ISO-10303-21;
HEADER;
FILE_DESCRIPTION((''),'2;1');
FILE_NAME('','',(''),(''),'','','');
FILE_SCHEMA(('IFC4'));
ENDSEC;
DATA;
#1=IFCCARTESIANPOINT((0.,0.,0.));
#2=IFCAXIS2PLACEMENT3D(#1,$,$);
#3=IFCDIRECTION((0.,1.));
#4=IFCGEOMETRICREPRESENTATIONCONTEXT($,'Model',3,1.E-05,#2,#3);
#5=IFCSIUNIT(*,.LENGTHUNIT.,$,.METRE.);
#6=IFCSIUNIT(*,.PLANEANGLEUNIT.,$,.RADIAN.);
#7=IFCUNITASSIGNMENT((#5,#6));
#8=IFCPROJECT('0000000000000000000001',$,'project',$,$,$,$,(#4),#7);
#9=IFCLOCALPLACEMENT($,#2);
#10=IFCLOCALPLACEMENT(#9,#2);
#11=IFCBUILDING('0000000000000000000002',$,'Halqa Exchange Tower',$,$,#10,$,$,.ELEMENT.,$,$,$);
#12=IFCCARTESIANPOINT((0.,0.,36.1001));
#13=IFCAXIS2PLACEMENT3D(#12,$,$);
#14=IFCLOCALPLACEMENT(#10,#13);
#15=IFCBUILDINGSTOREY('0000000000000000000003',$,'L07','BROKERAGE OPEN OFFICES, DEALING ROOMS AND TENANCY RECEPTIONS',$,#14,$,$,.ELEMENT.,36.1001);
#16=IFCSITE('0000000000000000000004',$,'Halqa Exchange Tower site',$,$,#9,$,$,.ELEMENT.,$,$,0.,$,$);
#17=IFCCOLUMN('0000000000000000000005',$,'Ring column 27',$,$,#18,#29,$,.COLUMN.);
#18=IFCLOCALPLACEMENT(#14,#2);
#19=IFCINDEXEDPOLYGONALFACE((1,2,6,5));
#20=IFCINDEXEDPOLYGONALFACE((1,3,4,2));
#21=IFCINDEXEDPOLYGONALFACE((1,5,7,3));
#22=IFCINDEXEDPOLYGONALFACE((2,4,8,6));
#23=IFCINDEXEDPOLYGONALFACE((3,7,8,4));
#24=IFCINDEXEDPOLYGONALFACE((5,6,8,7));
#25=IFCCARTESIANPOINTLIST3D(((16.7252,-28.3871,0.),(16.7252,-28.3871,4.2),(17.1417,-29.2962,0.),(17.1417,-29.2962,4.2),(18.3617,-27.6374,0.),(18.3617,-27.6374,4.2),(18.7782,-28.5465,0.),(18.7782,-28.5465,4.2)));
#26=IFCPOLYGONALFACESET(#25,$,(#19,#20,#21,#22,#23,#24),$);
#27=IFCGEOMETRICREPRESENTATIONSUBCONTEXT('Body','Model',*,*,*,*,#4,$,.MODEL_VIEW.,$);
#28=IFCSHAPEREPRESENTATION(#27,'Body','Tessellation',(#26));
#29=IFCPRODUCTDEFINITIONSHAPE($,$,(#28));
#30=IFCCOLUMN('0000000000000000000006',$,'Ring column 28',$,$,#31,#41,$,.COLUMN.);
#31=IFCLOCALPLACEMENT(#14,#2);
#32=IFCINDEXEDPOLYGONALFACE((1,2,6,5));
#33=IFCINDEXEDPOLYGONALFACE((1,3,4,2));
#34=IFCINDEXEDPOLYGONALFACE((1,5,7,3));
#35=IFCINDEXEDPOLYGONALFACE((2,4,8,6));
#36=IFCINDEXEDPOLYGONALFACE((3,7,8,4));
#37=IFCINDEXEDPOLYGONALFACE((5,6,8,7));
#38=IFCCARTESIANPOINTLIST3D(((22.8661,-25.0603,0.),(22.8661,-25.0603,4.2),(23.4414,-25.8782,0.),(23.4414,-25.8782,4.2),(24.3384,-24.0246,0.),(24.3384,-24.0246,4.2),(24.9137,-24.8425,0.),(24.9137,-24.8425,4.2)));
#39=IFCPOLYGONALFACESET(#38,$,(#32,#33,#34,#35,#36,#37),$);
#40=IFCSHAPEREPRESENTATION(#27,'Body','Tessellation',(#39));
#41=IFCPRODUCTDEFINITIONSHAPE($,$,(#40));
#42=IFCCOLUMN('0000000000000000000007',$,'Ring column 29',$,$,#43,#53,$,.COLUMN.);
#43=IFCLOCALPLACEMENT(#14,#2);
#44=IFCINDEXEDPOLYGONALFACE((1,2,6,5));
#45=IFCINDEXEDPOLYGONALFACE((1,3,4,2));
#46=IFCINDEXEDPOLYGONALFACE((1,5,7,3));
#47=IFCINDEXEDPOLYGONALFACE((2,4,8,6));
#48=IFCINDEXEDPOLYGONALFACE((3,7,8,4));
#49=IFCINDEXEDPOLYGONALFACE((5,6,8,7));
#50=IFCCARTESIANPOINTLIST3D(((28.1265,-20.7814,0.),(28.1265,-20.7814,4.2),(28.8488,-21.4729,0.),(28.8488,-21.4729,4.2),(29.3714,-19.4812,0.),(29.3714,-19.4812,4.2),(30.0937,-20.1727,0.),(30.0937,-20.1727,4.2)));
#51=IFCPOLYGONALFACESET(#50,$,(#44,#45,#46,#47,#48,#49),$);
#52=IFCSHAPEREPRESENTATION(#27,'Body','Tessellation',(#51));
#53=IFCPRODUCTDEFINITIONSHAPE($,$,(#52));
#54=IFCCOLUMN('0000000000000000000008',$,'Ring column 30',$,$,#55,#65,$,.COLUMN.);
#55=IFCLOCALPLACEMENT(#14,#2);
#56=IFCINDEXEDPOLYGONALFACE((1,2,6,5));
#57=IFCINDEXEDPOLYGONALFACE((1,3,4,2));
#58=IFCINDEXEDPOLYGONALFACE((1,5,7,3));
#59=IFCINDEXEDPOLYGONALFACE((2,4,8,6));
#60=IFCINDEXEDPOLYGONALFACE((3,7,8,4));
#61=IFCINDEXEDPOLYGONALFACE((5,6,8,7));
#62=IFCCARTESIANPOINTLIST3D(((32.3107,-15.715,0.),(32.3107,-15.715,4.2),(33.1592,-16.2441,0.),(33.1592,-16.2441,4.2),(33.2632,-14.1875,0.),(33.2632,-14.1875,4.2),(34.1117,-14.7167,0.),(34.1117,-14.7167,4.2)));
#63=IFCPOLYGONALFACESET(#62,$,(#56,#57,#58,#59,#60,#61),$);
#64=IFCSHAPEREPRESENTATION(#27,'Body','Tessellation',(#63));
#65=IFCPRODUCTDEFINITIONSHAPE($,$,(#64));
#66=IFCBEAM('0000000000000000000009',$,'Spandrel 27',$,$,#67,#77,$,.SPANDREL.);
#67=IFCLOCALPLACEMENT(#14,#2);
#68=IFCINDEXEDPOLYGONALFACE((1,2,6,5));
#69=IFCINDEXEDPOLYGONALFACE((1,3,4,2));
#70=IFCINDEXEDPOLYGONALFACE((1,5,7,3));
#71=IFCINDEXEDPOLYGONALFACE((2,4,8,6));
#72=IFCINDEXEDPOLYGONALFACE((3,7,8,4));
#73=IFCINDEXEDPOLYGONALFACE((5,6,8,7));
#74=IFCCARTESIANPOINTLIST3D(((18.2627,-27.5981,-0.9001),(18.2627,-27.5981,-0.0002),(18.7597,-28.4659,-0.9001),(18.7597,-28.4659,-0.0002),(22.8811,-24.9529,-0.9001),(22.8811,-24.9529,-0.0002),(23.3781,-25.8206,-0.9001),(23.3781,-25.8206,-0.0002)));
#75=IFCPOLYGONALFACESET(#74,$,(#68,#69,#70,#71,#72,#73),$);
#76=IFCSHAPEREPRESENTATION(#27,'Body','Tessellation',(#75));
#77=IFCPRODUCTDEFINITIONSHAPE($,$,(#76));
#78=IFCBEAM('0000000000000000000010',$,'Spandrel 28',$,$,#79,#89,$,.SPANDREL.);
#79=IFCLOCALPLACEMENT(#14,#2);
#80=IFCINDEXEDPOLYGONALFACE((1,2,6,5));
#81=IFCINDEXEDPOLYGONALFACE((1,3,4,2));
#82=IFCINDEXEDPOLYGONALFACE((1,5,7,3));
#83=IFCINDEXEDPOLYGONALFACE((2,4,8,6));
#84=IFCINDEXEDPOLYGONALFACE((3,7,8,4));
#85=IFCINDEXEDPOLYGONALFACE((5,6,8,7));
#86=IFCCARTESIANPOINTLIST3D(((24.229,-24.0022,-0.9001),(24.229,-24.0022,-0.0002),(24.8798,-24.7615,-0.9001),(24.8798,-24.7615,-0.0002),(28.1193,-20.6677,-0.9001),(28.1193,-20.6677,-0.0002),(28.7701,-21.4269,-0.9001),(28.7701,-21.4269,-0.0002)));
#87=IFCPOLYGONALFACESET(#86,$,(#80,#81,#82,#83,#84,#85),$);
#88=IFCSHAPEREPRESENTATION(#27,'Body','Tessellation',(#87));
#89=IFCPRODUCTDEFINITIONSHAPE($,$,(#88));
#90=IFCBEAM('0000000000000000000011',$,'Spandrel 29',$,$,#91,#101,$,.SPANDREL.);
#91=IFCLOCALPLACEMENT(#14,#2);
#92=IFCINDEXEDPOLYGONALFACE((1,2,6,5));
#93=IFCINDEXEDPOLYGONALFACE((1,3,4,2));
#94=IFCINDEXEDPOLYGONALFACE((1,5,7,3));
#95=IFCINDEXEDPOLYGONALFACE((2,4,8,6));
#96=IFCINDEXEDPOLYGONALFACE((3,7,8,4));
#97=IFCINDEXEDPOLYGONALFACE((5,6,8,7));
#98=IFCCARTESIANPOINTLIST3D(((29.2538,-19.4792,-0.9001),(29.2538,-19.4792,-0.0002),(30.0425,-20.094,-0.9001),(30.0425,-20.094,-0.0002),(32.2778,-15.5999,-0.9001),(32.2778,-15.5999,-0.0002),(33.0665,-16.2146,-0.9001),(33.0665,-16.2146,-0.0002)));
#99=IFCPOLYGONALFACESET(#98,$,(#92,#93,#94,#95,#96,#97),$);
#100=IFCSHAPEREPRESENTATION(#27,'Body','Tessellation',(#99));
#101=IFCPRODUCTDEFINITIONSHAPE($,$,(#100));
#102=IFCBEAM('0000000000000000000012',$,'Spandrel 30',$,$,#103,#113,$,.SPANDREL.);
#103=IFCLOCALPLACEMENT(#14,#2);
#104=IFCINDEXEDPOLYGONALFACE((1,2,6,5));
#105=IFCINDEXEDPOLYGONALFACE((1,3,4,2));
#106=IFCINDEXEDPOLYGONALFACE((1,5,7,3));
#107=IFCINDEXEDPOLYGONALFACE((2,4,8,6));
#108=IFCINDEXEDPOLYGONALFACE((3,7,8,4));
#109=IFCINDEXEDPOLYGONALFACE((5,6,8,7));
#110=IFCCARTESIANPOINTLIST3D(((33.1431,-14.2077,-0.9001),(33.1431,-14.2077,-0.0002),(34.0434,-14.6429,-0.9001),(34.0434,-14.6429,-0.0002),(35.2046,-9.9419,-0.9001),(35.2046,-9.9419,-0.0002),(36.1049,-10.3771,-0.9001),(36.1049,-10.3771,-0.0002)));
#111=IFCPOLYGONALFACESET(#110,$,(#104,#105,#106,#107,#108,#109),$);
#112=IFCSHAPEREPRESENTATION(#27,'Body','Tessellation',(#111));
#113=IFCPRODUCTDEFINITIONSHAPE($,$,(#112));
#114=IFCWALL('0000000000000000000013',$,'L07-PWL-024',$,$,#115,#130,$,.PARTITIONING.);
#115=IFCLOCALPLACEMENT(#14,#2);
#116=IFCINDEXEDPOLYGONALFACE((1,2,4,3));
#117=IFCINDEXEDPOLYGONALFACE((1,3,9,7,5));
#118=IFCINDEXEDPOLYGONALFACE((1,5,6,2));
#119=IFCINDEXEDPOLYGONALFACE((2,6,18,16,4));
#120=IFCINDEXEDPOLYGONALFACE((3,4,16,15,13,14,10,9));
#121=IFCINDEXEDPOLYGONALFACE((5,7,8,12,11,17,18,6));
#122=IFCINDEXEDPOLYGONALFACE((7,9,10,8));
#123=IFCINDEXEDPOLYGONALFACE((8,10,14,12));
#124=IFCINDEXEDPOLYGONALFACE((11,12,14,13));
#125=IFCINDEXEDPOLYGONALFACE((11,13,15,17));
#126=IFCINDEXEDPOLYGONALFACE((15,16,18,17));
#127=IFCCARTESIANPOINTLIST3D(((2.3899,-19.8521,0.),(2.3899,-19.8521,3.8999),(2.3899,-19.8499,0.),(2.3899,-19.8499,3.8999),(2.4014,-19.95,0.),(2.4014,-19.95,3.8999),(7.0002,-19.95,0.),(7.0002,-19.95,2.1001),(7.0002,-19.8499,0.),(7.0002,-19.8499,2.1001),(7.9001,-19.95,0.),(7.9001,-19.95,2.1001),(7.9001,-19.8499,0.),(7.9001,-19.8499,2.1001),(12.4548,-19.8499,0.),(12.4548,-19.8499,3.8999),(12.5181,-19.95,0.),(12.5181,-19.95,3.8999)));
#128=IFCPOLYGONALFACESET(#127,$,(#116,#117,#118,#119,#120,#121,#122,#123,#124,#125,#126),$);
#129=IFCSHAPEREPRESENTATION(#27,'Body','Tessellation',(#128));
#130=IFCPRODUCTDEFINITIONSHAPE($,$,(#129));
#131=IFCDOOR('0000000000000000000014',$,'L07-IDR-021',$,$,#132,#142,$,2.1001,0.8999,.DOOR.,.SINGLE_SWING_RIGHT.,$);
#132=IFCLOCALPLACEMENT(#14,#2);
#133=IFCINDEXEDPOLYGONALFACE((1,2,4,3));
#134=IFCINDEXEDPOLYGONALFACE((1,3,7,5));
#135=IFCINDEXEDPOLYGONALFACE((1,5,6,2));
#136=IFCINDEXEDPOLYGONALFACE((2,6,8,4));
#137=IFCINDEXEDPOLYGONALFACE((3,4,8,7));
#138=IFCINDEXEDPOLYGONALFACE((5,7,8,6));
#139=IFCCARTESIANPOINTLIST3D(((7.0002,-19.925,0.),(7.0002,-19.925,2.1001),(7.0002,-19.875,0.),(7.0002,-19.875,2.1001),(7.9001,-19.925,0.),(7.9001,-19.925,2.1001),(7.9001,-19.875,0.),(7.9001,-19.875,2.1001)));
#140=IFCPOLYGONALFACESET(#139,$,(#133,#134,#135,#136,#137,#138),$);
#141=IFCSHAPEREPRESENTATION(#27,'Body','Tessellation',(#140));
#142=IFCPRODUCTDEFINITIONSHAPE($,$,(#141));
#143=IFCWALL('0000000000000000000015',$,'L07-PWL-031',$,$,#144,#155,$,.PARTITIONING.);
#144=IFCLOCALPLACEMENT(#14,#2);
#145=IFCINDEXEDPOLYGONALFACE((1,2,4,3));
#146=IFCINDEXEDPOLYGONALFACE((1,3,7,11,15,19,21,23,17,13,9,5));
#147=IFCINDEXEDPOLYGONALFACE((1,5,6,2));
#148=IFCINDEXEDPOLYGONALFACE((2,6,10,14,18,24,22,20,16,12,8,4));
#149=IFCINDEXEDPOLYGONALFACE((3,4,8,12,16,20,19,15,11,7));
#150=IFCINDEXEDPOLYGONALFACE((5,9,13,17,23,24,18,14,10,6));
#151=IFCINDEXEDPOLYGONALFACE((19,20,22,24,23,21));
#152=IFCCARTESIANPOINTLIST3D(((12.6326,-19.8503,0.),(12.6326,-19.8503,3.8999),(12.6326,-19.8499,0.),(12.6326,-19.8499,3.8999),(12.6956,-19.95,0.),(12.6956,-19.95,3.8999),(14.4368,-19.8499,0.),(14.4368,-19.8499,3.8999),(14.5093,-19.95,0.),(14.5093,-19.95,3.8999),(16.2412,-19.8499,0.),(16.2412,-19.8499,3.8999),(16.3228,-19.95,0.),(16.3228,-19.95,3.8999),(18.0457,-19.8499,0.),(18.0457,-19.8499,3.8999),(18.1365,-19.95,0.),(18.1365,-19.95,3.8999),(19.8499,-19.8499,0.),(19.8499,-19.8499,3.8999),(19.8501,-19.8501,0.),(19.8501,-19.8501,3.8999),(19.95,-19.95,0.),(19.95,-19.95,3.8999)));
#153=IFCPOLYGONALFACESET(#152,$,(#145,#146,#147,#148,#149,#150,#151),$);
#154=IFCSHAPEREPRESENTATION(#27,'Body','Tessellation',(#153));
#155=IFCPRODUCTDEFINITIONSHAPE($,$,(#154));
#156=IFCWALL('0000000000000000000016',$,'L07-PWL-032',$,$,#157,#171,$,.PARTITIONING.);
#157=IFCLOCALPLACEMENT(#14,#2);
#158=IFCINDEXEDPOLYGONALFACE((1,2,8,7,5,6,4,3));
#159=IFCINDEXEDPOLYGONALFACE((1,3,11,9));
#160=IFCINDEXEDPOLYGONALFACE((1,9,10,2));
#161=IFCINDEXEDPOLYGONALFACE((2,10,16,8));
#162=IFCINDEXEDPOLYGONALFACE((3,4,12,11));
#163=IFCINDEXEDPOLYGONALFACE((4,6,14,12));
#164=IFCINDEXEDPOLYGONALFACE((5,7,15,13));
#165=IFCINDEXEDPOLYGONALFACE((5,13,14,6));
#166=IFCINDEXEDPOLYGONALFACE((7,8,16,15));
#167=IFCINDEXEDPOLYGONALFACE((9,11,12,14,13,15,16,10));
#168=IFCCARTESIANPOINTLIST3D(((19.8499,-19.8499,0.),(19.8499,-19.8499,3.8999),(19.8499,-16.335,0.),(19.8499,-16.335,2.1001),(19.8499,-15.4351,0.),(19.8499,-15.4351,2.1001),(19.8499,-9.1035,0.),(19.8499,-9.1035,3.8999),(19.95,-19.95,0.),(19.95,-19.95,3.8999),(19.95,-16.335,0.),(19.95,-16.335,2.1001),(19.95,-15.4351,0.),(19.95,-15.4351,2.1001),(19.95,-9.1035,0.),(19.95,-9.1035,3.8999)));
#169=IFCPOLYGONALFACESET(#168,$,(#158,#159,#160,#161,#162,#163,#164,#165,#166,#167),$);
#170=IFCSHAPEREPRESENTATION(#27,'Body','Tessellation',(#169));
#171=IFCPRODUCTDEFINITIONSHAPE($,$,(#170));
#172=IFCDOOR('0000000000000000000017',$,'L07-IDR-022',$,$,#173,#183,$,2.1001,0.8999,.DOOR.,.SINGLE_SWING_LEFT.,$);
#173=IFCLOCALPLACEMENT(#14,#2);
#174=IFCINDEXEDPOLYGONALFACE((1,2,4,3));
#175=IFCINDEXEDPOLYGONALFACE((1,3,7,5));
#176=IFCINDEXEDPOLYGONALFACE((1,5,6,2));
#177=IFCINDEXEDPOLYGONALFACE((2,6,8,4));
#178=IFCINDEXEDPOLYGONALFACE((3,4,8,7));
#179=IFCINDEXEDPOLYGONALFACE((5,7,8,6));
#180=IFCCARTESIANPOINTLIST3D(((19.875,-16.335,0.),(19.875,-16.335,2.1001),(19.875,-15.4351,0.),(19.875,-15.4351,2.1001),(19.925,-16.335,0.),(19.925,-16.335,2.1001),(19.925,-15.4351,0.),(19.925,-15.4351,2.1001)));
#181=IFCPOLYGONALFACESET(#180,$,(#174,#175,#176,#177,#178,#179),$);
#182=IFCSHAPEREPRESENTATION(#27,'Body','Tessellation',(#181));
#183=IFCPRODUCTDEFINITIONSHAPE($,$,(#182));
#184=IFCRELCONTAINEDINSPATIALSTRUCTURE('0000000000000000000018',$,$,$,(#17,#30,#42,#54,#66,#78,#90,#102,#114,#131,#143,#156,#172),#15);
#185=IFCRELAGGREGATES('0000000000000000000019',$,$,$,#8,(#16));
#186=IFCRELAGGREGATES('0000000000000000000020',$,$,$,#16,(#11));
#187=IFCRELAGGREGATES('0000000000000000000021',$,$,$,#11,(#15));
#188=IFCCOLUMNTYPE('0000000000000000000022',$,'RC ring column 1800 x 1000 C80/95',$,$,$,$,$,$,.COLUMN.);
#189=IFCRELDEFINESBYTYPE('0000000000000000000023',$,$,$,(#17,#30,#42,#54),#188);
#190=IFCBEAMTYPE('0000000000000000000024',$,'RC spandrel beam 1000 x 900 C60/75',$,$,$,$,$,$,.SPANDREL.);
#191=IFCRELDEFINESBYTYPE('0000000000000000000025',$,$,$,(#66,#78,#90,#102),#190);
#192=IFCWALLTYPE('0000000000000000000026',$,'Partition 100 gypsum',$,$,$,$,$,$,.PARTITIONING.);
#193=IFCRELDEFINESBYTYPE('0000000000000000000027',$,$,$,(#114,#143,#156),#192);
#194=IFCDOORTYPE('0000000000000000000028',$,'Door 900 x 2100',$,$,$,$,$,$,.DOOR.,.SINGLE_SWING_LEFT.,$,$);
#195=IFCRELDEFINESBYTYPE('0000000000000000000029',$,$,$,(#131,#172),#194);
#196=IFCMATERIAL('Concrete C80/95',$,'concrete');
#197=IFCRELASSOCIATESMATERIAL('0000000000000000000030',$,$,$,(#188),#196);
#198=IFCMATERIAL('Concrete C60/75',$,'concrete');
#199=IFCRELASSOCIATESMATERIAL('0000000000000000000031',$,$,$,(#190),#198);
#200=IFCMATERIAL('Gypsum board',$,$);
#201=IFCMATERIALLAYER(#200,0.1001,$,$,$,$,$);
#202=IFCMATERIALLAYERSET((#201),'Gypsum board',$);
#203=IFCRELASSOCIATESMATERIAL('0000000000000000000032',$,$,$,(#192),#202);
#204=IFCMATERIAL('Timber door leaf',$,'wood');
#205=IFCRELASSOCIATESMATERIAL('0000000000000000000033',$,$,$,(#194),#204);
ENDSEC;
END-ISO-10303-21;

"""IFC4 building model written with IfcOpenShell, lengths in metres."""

from ifc_helpers import new_model, si_unit, direction, frame, frame_2d, origin, origin_2d, place, context, subcontext, project, spatial, polyline, rectangle, outline, extrude, material, layer, layer_set, material_profile, profile_set, type_object, element, fill, save


model = new_model("IFC4")

# Units and contexts
model_context = context("Model", 3, precision=1e-05, world=origin(), true_north=direction((0.0, 1.0)))
body_context = subcontext(model_context, "Body", "Model", "MODEL_VIEW")
ifc_project = project(units=[si_unit("LENGTHUNIT", "METRE"), si_unit("PLANEANGLEUNIT", "RADIAN")], contexts=[model_context])

# Site, building, storey
site_placement = place(None, origin())
site = spatial("IfcSite", under=ifc_project, at=site_placement, Name="Halqa Exchange Tower site", CompositionType="ELEMENT", RefElevation=0.0)
building_placement = place(site_placement, origin())
building = spatial("IfcBuilding", under=site, at=building_placement, Name="Halqa Exchange Tower", CompositionType="ELEMENT")
storey_placement = place(building_placement, frame((0.0, 0.0, 36.1001)))
storey = spatial("IfcBuildingStorey", under=building, at=storey_placement, Name="L07", Description="BROKERAGE OPEN OFFICES, DEALING ROOMS AND TENANCY RECEPTIONS", CompositionType="ELEMENT", Elevation=36.1001)

# Columns
ifc_material_1 = material(Name="Concrete C80/95", Category="concrete")
ifc_material_profile_1 = material_profile(ifc_material_1, rectangle(XDim=1.8, YDim=1.0, at=origin_2d()), Name="1800 x 1000")
ifc_profile_set_1 = profile_set([ifc_material_profile_1], Name="Concrete C80/95")
column_type = type_object("IfcColumnType", Name="RC ring column 1800 x 1000 C80/95", PredefinedType="COLUMN", material=ifc_profile_set_1)
for number, where, z_axis, x_axis, name in (
    (1, (17.7517, -28.4668, 0.0), (0.0, 0.0, 1.0), (0.909128, 0.416517, 0.0), "Ring column 27"),
    (2, (23.8899, -24.9514, 0.0), (0.0, 0.0, 1.0), (0.817912, 0.575344, 0.0), "Ring column 28"),
    (3, (29.1101, -20.4771, 0.0), (0.0, 0.0, 1.0), (0.691575, 0.722305, 0.0), "Ring column 29"),
    (4, (33.2112, -15.2158, 0.0), (0.0, 0.0, 1.0), (0.529142, 0.848533, 0.0), "Ring column 30"),
):
    element("IfcColumn", number, at=place(storey_placement, frame(where, z_axis=z_axis, x_axis=x_axis)), inside=storey, type_object=column_type, Name=name, PredefinedType="COLUMN", context=body_context, shape_type="SweptSolid", body=[
        extrude(rectangle(XDim=1.8, YDim=1.0, at=origin_2d()), origin(), (0.0, 0.0, 1.0), 4.2),
    ])

# Beams
ifc_material_2 = material(Name="Concrete C60/75", Category="concrete")
ifc_material_profile_2 = material_profile(ifc_material_2, rectangle(XDim=1.0, YDim=0.8999, at=origin_2d()), Name="1000 x 900")
ifc_profile_set_2 = profile_set([ifc_material_profile_2], Name="Concrete C60/75")
beam_type = type_object("IfcBeamType", Name="RC spandrel beam 1000 x 900 C60/75", PredefinedType="SPANDREL", material=ifc_profile_set_2)
beam_1_placement = place(storey_placement, frame((18.5112, -28.032, -0.4502), z_axis=(0.867743, 0.497013, 0.0), x_axis=(-0.497013, 0.867743, 0.0)))
element("IfcBeam", 5, at=beam_1_placement, inside=storey, type_object=beam_type, Name="Spandrel 27", PredefinedType="SPANDREL", context=body_context, shape_type="SweptSolid", body=[
    extrude(rectangle(XDim=1.0, YDim=0.8999, at=origin_2d()), origin(), (0.0, 0.0, 1.0), 5.3223),
])
beam_2_placement = place(storey_placement, frame((24.5544, -24.3818, -0.4502), z_axis=(0.75925, 0.650799, 0.0), x_axis=(-0.650799, 0.75925, 0.0)))
element("IfcBeam", 6, at=beam_2_placement, inside=storey, type_object=beam_type, Name="Spandrel 28", PredefinedType="SPANDREL", context=body_context, shape_type="SweptSolid", body=[
    extrude(rectangle(XDim=1.0, YDim=0.8999, at=origin_2d()), origin(), (0.0, 0.0, 1.0), 5.1238),
])
beam_3_placement = place(storey_placement, frame((29.6482, -19.7866, -0.4502), z_axis=(0.614779, 0.7887, 0.0), x_axis=(-0.7887, 0.614779, 0.0)))
element("IfcBeam", 7, at=beam_3_placement, inside=storey, type_object=beam_type, Name="Spandrel 29", PredefinedType="SPANDREL", context=body_context, shape_type="SweptSolid", body=[
    extrude(rectangle(XDim=1.0, YDim=0.8999, at=origin_2d()), origin(), (0.0, 0.0, 1.0), 4.9187),
])
beam_4_placement = place(storey_placement, frame((33.5933, -14.4253, -0.4502), z_axis=(0.435115, 0.900375, 0.0), x_axis=(-0.900375, 0.435115, 0.0)))
element("IfcBeam", 8, at=beam_4_placement, inside=storey, type_object=beam_type, Name="Spandrel 30", PredefinedType="SPANDREL", context=body_context, shape_type="SweptSolid", body=[
    extrude(rectangle(XDim=1.0, YDim=0.8999, at=origin_2d()), origin(), (0.0, 0.0, 1.0), 4.7378),
])

# Wall, opening, door
ifc_material_3 = material(Name="Gypsum board")
ifc_layer_1 = layer(ifc_material_3, 0.1001)
ifc_layer_set_1 = layer_set([ifc_layer_1], Name="Gypsum board")
wall_type_1 = type_object("IfcWallType", Name="Partition 100 gypsum", PredefinedType="PARTITIONING", material=ifc_layer_set_1)
wall_1_placement = place(storey_placement, frame((12.5181, -19.8999, 0.0), z_axis=(0.0, 0.0, 1.0), x_axis=(-1.0, 0.0, 0.0)))
wall_1 = element("IfcWall", 9, at=wall_1_placement, inside=storey, type_object=wall_type_1, Name="L07-PWL-024", PredefinedType="PARTITIONING", context=body_context, shape_type="SweptSolid", body=[
    extrude(outline(polyline([(10.1282, -0.05), (10.1282, -0.0479), (10.1167, 0.05), (8.4307, 0.05), (6.7446, 0.05), (5.0583, 0.05), (3.3723, 0.05), (1.686, 0.05), (0.0, 0.05), (0.0, 0.05), (0.0632, -0.05), (1.7407, -0.05), (3.4182, -0.05), (5.0957, -0.05), (6.7732, -0.05), (8.4507, -0.05), (10.1282, -0.05)])), origin(), (0.0, 0.0, 1.0), 3.8999),
])
opening_1_placement = place(wall_1_placement, frame((4.6179, 0.0, 0.0)))
opening_1 = element("IfcOpeningElement", 10, at=opening_1_placement, cuts=wall_1, PredefinedType="OPENING", context=body_context, shape_type="SweptSolid", body=[
    extrude(rectangle(XDim=0.8999, YDim=2.1001, at=frame_2d((0.45, 1.05))), frame((0.0, 0.062, 0.0), z_axis=(0.0, -1.0, 0.0), x_axis=(1.0, 0.0, 0.0)), (0.0, 0.0, 1.0), 0.124),
])
ifc_material_4 = material(Name="Timber door leaf", Category="wood")
door_type_1 = type_object("IfcDoorType", Name="Door 900 x 2100", OperationType="SINGLE_SWING_LEFT", PredefinedType="DOOR", material=ifc_material_4)
door_1_placement = place(opening_1_placement, frame((0.8999, 0.0, 0.0), z_axis=(0.0, 0.0, 1.0), x_axis=(-1.0, 0.0, 0.0)))
door_1 = element("IfcDoor", 11, at=door_1_placement, inside=storey, type_object=door_type_1, Name="L07-IDR-021", OperationType="SINGLE_SWING_RIGHT", OverallHeight=2.1001, OverallWidth=0.8999, PredefinedType="DOOR", context=body_context, shape_type="SweptSolid", body=[
    extrude(rectangle(XDim=0.8999, YDim=2.1001, at=frame_2d((0.45, 1.05))), frame((0.0, 0.0249, 0.0), z_axis=(0.0, -1.0, 0.0), x_axis=(1.0, 0.0, 0.0)), (0.0, 0.0, 1.0), 0.05),
])
fill(opening_1, door_1)

# Wall
wall_2_placement = place(storey_placement, frame((19.95, -19.8999, 0.0), z_axis=(0.0, 0.0, 1.0), x_axis=(-1.0, 0.0, 0.0)))
element("IfcWall", 12, at=wall_2_placement, inside=storey, type_object=wall_type_1, Name="L07-PWL-031", PredefinedType="PARTITIONING", context=body_context, shape_type="SweptSolid", body=[
    extrude(outline(polyline([(7.3174, -0.05), (7.3174, -0.0496), (7.2544, 0.05), (5.4407, 0.05), (3.6272, 0.05), (1.8135, 0.05), (0.0, 0.05), (0.0999, -0.0498), (0.1001, -0.05), (1.9043, -0.05), (3.7087, -0.05), (5.5132, -0.05), (7.3174, -0.05)])), origin(), (0.0, 0.0, 1.0), 3.8999),
])

# Wall, opening, door
wall_3_placement = place(storey_placement, frame((19.8999, -19.95, 0.0), z_axis=(0.0, 0.0, 1.0), x_axis=(0.0, 1.0, 0.0)))
wall_3 = element("IfcWall", 13, at=wall_3_placement, inside=storey, type_object=wall_type_1, Name="L07-PWL-032", PredefinedType="PARTITIONING", context=body_context, shape_type="SweptSolid", body=[
    extrude(outline(polyline([(10.8464, 0.05), (9.0554, 0.05), (7.2644, 0.05), (5.4731, 0.05), (3.6821, 0.05), (1.8911, 0.05), (0.1001, 0.05), (0.0, -0.05), (1.8076, -0.05), (3.6155, -0.05), (5.4233, -0.05), (7.231, -0.05), (9.0386, -0.05), (10.8464, -0.05), (10.8464, 0.05)])), origin(), (0.0, 0.0, 1.0), 3.8999),
])
opening_2_placement = place(wall_3_placement, frame((3.615, 0.0, 0.0)))
opening_2 = element("IfcOpeningElement", 14, at=opening_2_placement, cuts=wall_3, PredefinedType="OPENING", context=body_context, shape_type="SweptSolid", body=[
    extrude(rectangle(XDim=0.8999, YDim=2.1001, at=frame_2d((0.45, 1.05))), frame((0.0, 0.062, 0.0), z_axis=(0.0, -1.0, 0.0), x_axis=(1.0, 0.0, 0.0)), (0.0, 0.0, 1.0), 0.124),
])
door_2_placement = place(opening_2_placement, origin())
door_2 = element("IfcDoor", 15, at=door_2_placement, inside=storey, type_object=door_type_1, Name="L07-IDR-022", OperationType="SINGLE_SWING_LEFT", OverallHeight=2.1001, OverallWidth=0.8999, PredefinedType="DOOR", context=body_context, shape_type="SweptSolid", body=[
    extrude(rectangle(XDim=0.8999, YDim=2.1001, at=frame_2d((0.45, 1.05))), frame((0.0, 0.0249, 0.0), z_axis=(0.0, -1.0, 0.0), x_axis=(1.0, 0.0, 0.0)), (0.0, 0.0, 1.0), 0.05),
])
fill(opening_2, door_2)

save(model, "model.ifc")
